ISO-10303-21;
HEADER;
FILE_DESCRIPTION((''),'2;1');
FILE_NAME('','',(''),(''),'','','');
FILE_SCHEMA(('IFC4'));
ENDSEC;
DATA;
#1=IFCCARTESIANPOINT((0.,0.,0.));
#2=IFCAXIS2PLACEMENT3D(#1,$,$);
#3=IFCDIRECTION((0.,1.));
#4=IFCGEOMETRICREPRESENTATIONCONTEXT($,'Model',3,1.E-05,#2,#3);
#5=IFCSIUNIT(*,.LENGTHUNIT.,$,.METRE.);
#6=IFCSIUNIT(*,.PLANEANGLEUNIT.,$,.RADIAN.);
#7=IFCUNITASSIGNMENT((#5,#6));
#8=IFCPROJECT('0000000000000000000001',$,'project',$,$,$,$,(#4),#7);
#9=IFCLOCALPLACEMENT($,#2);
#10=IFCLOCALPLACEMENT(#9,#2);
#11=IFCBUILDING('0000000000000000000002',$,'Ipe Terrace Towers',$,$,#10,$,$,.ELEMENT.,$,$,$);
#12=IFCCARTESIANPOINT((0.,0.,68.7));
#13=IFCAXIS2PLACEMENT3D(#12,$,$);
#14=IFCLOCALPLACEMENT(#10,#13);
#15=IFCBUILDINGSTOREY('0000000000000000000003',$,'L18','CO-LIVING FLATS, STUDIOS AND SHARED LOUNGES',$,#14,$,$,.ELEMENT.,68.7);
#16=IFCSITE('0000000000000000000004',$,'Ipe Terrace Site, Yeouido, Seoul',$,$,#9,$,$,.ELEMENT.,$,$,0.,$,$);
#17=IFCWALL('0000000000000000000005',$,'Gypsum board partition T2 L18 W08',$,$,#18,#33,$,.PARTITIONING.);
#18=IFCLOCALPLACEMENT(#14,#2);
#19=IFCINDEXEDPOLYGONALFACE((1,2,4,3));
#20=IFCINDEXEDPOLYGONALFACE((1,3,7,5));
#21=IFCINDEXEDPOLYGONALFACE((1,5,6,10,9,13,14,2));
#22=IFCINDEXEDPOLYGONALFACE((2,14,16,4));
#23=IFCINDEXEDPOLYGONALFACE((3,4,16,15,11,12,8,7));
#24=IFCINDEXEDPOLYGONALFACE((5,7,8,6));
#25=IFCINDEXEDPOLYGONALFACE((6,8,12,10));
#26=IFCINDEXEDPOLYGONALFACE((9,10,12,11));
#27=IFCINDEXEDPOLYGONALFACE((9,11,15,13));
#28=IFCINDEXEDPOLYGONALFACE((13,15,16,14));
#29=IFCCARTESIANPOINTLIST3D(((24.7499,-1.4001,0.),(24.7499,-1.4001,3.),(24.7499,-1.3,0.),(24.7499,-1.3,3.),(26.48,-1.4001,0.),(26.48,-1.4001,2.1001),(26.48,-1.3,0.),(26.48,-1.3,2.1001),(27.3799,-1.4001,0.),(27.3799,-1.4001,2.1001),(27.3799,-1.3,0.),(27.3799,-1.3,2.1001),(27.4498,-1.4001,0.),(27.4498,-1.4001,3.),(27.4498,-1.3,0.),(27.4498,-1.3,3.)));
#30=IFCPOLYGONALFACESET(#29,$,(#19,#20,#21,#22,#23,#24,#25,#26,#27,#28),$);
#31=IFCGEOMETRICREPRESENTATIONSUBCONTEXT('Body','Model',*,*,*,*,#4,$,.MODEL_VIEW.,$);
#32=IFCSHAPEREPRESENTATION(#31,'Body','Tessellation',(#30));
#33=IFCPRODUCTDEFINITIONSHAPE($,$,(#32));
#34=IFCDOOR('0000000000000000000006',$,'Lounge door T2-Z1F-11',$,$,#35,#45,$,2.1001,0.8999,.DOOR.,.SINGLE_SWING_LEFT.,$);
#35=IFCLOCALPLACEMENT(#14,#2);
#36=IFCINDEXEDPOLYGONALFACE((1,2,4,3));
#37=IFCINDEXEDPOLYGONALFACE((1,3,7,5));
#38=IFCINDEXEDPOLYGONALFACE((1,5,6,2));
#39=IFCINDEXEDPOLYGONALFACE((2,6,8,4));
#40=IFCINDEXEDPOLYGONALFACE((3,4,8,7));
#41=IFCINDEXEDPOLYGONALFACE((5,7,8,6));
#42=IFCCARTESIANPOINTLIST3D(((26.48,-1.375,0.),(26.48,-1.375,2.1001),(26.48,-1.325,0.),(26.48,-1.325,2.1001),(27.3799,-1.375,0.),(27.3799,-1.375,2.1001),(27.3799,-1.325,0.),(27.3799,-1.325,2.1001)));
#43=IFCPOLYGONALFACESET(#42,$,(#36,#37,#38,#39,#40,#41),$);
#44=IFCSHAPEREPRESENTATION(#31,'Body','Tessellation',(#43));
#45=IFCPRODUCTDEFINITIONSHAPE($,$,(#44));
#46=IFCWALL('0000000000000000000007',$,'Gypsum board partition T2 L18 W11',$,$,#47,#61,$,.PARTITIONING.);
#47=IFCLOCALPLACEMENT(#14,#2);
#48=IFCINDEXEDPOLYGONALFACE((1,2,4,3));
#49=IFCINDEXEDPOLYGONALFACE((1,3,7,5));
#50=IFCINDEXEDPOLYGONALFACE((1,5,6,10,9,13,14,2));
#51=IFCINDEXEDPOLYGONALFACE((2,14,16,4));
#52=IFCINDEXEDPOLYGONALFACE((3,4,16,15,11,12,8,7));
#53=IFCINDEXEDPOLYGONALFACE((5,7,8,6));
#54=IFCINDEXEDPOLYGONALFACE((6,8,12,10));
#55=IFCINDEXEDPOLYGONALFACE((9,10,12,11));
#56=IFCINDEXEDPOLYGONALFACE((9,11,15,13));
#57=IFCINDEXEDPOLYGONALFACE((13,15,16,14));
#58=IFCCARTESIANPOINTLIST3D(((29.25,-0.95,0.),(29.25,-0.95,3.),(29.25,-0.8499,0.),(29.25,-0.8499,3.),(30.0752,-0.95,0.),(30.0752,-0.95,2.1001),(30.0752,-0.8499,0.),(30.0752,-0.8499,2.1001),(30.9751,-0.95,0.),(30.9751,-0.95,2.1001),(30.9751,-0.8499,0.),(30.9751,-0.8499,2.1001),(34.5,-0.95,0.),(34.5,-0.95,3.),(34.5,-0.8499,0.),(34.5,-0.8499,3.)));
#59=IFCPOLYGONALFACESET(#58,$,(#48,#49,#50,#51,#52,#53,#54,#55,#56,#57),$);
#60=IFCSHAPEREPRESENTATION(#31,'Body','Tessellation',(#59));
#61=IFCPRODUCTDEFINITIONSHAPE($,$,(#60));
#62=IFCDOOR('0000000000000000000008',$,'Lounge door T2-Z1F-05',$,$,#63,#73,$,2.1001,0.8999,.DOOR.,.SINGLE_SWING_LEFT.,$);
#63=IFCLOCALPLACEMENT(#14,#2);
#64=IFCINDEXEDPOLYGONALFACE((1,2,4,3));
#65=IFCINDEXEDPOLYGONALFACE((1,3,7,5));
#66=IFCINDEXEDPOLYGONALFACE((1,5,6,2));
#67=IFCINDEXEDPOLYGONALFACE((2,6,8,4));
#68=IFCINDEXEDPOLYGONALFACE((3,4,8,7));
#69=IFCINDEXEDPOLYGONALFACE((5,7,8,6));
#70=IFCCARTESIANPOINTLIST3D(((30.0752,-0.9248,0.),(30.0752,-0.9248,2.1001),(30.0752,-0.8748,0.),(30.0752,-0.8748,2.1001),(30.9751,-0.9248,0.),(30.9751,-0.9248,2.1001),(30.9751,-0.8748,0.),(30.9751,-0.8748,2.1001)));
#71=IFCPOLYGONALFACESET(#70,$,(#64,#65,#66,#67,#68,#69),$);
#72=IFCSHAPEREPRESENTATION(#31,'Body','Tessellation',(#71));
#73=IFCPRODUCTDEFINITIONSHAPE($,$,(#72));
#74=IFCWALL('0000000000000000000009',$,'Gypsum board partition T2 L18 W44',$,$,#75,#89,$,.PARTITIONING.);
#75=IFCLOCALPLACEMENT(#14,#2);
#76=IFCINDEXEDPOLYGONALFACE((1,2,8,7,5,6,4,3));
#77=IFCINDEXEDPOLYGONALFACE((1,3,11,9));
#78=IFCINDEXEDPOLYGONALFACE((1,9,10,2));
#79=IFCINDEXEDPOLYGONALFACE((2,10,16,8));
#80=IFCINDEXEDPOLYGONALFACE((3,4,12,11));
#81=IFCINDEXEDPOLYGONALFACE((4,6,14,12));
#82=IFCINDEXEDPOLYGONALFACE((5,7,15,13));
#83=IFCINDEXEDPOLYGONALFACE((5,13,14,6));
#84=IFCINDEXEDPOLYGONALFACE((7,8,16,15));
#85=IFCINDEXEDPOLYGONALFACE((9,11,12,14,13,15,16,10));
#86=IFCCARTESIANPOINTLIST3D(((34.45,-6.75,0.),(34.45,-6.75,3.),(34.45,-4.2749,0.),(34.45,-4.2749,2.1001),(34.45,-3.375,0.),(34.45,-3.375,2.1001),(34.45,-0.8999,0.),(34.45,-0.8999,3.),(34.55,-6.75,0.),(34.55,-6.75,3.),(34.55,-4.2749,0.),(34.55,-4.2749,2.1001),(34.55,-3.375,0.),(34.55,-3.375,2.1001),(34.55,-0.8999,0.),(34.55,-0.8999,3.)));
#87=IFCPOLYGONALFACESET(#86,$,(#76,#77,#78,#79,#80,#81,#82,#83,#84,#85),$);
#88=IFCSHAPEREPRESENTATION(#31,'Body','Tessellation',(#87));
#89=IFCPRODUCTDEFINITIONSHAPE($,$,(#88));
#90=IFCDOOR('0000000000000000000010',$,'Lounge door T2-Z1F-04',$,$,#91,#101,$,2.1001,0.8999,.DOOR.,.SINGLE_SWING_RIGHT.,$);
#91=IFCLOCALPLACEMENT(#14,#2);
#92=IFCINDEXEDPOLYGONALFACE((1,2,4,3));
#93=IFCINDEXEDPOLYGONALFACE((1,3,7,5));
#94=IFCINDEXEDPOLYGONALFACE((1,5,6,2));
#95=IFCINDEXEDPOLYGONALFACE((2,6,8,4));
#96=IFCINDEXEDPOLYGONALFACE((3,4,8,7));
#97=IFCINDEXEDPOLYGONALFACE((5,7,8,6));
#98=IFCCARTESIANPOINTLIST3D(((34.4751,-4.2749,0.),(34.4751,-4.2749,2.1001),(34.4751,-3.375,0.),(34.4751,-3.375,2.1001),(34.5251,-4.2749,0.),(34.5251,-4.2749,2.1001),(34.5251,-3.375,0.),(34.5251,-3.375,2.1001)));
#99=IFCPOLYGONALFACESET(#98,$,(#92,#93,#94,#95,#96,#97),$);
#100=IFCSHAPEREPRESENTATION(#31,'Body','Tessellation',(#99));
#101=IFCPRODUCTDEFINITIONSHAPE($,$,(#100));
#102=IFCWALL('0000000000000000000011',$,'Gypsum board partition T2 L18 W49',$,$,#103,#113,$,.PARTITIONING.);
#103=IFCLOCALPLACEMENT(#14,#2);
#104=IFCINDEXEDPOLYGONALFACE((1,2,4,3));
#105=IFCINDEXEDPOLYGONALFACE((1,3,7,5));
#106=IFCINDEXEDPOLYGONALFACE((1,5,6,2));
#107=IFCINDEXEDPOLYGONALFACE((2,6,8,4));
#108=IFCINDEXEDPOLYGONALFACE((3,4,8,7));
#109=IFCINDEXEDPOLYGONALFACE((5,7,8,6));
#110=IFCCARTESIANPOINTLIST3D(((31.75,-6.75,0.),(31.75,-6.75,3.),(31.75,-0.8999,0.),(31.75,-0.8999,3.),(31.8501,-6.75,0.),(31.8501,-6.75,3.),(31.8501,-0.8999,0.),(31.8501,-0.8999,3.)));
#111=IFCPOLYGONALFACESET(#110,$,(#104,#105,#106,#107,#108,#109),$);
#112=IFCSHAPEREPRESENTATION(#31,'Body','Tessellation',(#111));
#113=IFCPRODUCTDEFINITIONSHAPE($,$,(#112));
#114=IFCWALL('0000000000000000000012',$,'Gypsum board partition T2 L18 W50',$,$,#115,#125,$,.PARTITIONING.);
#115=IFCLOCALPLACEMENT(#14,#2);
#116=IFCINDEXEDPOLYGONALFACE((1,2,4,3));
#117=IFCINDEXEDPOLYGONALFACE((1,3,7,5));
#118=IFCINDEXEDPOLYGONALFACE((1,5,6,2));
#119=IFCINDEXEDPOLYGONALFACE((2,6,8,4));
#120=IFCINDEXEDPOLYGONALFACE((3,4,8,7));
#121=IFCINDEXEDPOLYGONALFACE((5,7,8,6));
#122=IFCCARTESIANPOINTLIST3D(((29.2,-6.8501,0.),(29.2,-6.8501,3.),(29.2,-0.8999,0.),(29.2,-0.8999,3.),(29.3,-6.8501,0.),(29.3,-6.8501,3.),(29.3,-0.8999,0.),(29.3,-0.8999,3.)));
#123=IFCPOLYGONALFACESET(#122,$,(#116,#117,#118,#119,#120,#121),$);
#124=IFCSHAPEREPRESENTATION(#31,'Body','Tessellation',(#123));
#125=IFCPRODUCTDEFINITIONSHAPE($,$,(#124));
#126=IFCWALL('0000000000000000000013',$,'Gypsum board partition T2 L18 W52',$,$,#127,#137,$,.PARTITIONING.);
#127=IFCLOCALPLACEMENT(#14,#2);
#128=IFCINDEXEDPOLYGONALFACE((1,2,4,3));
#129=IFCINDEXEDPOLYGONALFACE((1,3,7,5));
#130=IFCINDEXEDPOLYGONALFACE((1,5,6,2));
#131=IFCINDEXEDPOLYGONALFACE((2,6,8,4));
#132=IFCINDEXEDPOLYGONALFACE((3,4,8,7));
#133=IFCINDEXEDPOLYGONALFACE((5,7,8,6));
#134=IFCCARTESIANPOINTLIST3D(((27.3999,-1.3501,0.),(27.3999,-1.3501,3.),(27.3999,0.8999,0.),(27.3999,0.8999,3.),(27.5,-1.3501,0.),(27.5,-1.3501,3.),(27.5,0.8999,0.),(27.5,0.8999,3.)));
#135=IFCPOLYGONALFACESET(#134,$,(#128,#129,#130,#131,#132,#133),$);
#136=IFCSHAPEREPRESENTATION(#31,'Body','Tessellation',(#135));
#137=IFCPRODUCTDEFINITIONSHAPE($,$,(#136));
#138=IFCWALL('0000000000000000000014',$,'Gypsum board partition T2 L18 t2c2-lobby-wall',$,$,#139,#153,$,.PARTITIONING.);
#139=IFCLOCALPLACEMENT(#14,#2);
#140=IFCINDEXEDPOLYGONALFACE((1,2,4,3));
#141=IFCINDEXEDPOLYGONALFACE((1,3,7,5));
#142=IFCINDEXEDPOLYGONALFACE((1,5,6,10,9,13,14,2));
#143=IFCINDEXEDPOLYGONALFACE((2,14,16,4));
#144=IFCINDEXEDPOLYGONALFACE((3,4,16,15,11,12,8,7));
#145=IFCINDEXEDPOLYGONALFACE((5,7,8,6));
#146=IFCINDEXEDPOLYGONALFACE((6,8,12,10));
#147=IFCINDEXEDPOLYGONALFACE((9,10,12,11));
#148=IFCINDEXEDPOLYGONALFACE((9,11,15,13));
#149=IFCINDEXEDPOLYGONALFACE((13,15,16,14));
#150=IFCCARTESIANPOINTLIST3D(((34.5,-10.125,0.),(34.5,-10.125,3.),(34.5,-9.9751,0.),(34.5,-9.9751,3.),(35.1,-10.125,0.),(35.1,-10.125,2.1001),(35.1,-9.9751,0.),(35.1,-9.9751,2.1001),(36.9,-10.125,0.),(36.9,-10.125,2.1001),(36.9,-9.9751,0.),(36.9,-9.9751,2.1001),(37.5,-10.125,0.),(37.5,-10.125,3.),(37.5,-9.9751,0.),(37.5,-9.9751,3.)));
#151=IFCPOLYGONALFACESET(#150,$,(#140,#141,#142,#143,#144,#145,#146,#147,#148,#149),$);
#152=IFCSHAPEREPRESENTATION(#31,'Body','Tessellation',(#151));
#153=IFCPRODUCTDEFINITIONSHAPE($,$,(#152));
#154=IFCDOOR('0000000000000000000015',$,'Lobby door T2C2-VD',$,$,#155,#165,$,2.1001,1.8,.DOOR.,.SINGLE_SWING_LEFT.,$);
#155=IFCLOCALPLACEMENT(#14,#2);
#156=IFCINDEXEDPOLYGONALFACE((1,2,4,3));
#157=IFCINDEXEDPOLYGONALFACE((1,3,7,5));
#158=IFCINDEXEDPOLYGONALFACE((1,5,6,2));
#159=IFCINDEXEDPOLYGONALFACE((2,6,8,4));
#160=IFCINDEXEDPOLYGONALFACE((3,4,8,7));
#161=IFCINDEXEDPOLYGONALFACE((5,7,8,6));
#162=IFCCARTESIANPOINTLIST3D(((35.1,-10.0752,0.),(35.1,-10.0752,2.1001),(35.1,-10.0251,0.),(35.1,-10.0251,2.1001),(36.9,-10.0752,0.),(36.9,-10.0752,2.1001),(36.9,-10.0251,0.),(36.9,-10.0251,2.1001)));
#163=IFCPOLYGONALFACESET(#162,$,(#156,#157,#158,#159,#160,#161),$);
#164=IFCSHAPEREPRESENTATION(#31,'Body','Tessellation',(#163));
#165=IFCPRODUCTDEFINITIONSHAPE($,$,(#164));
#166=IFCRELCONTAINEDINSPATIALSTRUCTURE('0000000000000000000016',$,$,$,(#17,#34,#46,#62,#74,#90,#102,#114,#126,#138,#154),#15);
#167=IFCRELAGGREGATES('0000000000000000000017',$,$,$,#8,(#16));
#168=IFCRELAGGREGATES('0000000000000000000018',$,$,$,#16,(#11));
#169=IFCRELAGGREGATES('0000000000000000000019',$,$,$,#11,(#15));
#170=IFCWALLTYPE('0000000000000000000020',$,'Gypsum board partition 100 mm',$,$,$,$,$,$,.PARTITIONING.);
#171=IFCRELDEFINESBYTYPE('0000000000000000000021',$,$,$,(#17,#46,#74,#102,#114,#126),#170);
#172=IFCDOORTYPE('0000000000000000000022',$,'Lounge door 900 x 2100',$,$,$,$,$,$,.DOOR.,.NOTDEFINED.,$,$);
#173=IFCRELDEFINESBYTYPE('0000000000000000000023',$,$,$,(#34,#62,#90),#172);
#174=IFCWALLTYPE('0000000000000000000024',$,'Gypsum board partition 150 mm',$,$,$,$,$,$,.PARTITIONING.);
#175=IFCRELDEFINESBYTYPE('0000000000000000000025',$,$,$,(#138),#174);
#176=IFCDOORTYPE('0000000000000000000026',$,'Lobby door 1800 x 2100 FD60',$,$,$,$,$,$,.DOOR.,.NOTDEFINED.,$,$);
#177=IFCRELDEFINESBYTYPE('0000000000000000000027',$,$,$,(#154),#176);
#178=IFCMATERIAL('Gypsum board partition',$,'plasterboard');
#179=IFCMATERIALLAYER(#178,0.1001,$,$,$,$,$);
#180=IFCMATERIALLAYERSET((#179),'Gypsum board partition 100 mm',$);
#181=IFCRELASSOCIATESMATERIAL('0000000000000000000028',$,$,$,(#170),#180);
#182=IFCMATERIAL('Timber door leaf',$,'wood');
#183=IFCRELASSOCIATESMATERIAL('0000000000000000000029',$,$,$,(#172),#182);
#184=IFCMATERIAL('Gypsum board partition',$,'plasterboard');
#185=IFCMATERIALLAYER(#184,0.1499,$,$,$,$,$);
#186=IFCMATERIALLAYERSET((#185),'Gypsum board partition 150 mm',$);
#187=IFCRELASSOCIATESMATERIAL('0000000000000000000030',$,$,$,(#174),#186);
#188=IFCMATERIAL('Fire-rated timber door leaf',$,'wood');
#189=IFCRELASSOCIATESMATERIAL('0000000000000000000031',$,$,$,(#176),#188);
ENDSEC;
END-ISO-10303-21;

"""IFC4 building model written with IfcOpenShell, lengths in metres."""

from ifc_helpers import new_model, si_unit, direction, frame, frame_2d, origin, place, context, subcontext, project, spatial, rectangle, extrude, material, layer, layer_set, type_object, element, fill, save


model = new_model("IFC4")

# Units and contexts
model_context = context("Model", 3, precision=1e-05, world=origin(), true_north=direction((0.0, 1.0)))
body_context = subcontext(model_context, "Body", "Model", "MODEL_VIEW")
ifc_project = project(units=[si_unit("LENGTHUNIT", "METRE"), si_unit("PLANEANGLEUNIT", "RADIAN")], contexts=[model_context])

# Site, building, storey
site_placement = place(None, origin())
site = spatial("IfcSite", under=ifc_project, at=site_placement, Name="Ipe Terrace Site, Yeouido, Seoul", CompositionType="ELEMENT", RefElevation=0.0)
building_placement = place(site_placement, origin())
building = spatial("IfcBuilding", under=site, at=building_placement, Name="Ipe Terrace Towers", CompositionType="ELEMENT")
storey_placement = place(building_placement, frame((0.0, 0.0, 68.7)))
storey = spatial("IfcBuildingStorey", under=building, at=storey_placement, Name="L18", Description="CO-LIVING FLATS, STUDIOS AND SHARED LOUNGES", CompositionType="ELEMENT", Elevation=68.7)

# Shared definitions
ifc_material_1 = material(Name="Gypsum board partition", Category="plasterboard")
ifc_layer_1 = layer(ifc_material_1, 0.1001)
ifc_layer_set_1 = layer_set([ifc_layer_1], Name="Gypsum board partition 100 mm")
wall_type_1 = type_object("IfcWallType", Name="Gypsum board partition 100 mm", PredefinedType="PARTITIONING", material=ifc_layer_set_1)
ifc_material_2 = material(Name="Timber door leaf", Category="wood")
door_type_1 = type_object("IfcDoorType", Name="Lounge door 900 x 2100", OperationType="NOTDEFINED", PredefinedType="DOOR", material=ifc_material_2)

# Walls, openings, doors
wall_1_placement = place(storey_placement, frame((27.45, -1.3501, 0.0), z_axis=(0.0, 0.0, 1.0), x_axis=(-1.0, 0.0, 0.0)))
wall_1 = element("IfcWall", 1, at=wall_1_placement, inside=storey, type_object=wall_type_1, Name="Gypsum board partition T2 L18 W08", PredefinedType="PARTITIONING", context=body_context, shape_type="SweptSolid", body=[
    extrude(rectangle(XDim=2.7, YDim=0.1001, at=frame_2d((1.3501, 0.0))), origin(), (0.0, 0.0, 1.0), 3.0),
])
opening_1_placement = place(wall_1_placement, frame((0.0701, 0.0, 0.0)))
opening_1 = element("IfcOpeningElement", 2, at=opening_1_placement, cuts=wall_1, PredefinedType="OPENING", context=body_context, shape_type="SweptSolid", body=[
    extrude(rectangle(XDim=0.8999, YDim=2.1001, at=frame_2d((0.45, 1.05))), frame((0.0, 0.0601, 0.0), z_axis=(0.0, -1.0, 0.0), x_axis=(1.0, 0.0, 0.0)), (0.0, 0.0, 1.0), 0.1201),
])
door_1_placement = place(opening_1_placement, origin())
door_1 = element("IfcDoor", 3, at=door_1_placement, inside=storey, type_object=door_type_1, Name="Lounge door T2-Z1F-11", OperationType="SINGLE_SWING_LEFT", OverallHeight=2.1001, OverallWidth=0.8999, PredefinedType="DOOR", context=body_context, shape_type="SweptSolid", body=[
    extrude(rectangle(XDim=0.8999, YDim=2.1001, at=frame_2d((0.45, 1.05))), frame((0.0, 0.0249, 0.0), z_axis=(0.0, -1.0, 0.0), x_axis=(1.0, 0.0, 0.0)), (0.0, 0.0, 1.0), 0.05),
])
fill(opening_1, door_1)
wall_2_placement = place(storey_placement, frame((34.5, -0.8999, 0.0), z_axis=(0.0, 0.0, 1.0), x_axis=(-1.0, 0.0, 0.0)))
wall_2 = element("IfcWall", 4, at=wall_2_placement, inside=storey, type_object=wall_type_1, Name="Gypsum board partition T2 L18 W11", PredefinedType="PARTITIONING", context=body_context, shape_type="SweptSolid", body=[
    extrude(rectangle(XDim=5.25, YDim=0.1001, at=frame_2d((2.625, 0.0))), origin(), (0.0, 0.0, 1.0), 3.0),
])
opening_2_placement = place(wall_2_placement, frame((3.5249, 0.0, 0.0)))
opening_2 = element("IfcOpeningElement", 5, at=opening_2_placement, cuts=wall_2, PredefinedType="OPENING", context=body_context, shape_type="SweptSolid", body=[
    extrude(rectangle(XDim=0.8999, YDim=2.1001, at=frame_2d((0.45, 1.05))), frame((0.0, 0.0601, 0.0), z_axis=(0.0, -1.0, 0.0), x_axis=(1.0, 0.0, 0.0)), (0.0, 0.0, 1.0), 0.1201),
])
door_2_placement = place(opening_2_placement, origin())
door_2 = element("IfcDoor", 6, at=door_2_placement, inside=storey, type_object=door_type_1, Name="Lounge door T2-Z1F-05", OperationType="SINGLE_SWING_LEFT", OverallHeight=2.1001, OverallWidth=0.8999, PredefinedType="DOOR", context=body_context, shape_type="SweptSolid", body=[
    extrude(rectangle(XDim=0.8999, YDim=2.1001, at=frame_2d((0.45, 1.05))), frame((0.0, 0.0249, 0.0), z_axis=(0.0, -1.0, 0.0), x_axis=(1.0, 0.0, 0.0)), (0.0, 0.0, 1.0), 0.05),
])
fill(opening_2, door_2)
wall_3_placement = place(storey_placement, frame((34.5, -6.75, 0.0), z_axis=(0.0, 0.0, 1.0), x_axis=(0.0, 1.0, 0.0)))
wall_3 = element("IfcWall", 7, at=wall_3_placement, inside=storey, type_object=wall_type_1, Name="Gypsum board partition T2 L18 W44", PredefinedType="PARTITIONING", context=body_context, shape_type="SweptSolid", body=[
    extrude(rectangle(XDim=5.8501, YDim=0.1001, at=frame_2d((2.925, 0.0))), origin(), (0.0, 0.0, 1.0), 3.0),
])
opening_3_placement = place(wall_3_placement, frame((2.4751, 0.0, 0.0)))
opening_3 = element("IfcOpeningElement", 8, at=opening_3_placement, cuts=wall_3, PredefinedType="OPENING", context=body_context, shape_type="SweptSolid", body=[
    extrude(rectangle(XDim=0.8999, YDim=2.1001, at=frame_2d((0.45, 1.05))), frame((0.0, 0.0601, 0.0), z_axis=(0.0, -1.0, 0.0), x_axis=(1.0, 0.0, 0.0)), (0.0, 0.0, 1.0), 0.1201),
])
door_3_placement = place(opening_3_placement, origin())
door_3 = element("IfcDoor", 9, at=door_3_placement, inside=storey, type_object=door_type_1, Name="Lounge door T2-Z1F-04", OperationType="SINGLE_SWING_RIGHT", OverallHeight=2.1001, OverallWidth=0.8999, PredefinedType="DOOR", context=body_context, shape_type="SweptSolid", body=[
    extrude(rectangle(XDim=0.8999, YDim=2.1001, at=frame_2d((0.45, 1.05))), frame((0.0, 0.0249, 0.0), z_axis=(0.0, -1.0, 0.0), x_axis=(1.0, 0.0, 0.0)), (0.0, 0.0, 1.0), 0.05),
])
fill(opening_3, door_3)

# Walls
wall_4_placement = place(storey_placement, frame((31.8, -6.75, 0.0), z_axis=(0.0, 0.0, 1.0), x_axis=(0.0, 1.0, 0.0)))
element("IfcWall", 10, at=wall_4_placement, inside=storey, type_object=wall_type_1, Name="Gypsum board partition T2 L18 W49", PredefinedType="PARTITIONING", context=body_context, shape_type="SweptSolid", body=[
    extrude(rectangle(XDim=5.8501, YDim=0.1001, at=frame_2d((2.925, 0.0))), origin(), (0.0, 0.0, 1.0), 3.0),
])
wall_5_placement = place(storey_placement, frame((29.25, -6.8501, 0.0), z_axis=(0.0, 0.0, 1.0), x_axis=(0.0, 1.0, 0.0)))
element("IfcWall", 11, at=wall_5_placement, inside=storey, type_object=wall_type_1, Name="Gypsum board partition T2 L18 W50", PredefinedType="PARTITIONING", context=body_context, shape_type="SweptSolid", body=[
    extrude(rectangle(XDim=5.9502, YDim=0.1001, at=frame_2d((2.9751, 0.0))), origin(), (0.0, 0.0, 1.0), 3.0),
])
wall_6_placement = place(storey_placement, frame((27.45, -1.3501, 0.0), z_axis=(0.0, 0.0, 1.0), x_axis=(0.0, 1.0, 0.0)))
element("IfcWall", 12, at=wall_6_placement, inside=storey, type_object=wall_type_1, Name="Gypsum board partition T2 L18 W52", PredefinedType="PARTITIONING", context=body_context, shape_type="SweptSolid", body=[
    extrude(rectangle(XDim=2.25, YDim=0.1001, at=frame_2d((1.125, 0.0))), origin(), (0.0, 0.0, 1.0), 3.0),
])

# Wall, opening, door
ifc_material_3 = material(Name="Gypsum board partition", Category="plasterboard")
ifc_layer_2 = layer(ifc_material_3, 0.1499)
ifc_layer_set_2 = layer_set([ifc_layer_2], Name="Gypsum board partition 150 mm")
wall_type_2 = type_object("IfcWallType", Name="Gypsum board partition 150 mm", PredefinedType="PARTITIONING", material=ifc_layer_set_2)
wall_7_placement = place(storey_placement, frame((34.5, -10.05, 0.0), z_axis=(0.0, 0.0, 1.0), x_axis=(1.0, 0.0, 0.0)))
wall_7 = element("IfcWall", 13, at=wall_7_placement, inside=storey, type_object=wall_type_2, Name="Gypsum board partition T2 L18 t2c2-lobby-wall", PredefinedType="PARTITIONING", context=body_context, shape_type="SweptSolid", body=[
    extrude(rectangle(XDim=3.0, YDim=0.1499, at=frame_2d((1.5, 0.0))), origin(), (0.0, 0.0, 1.0), 3.0),
])
opening_4_placement = place(wall_7_placement, frame((0.6001, 0.0, 0.0)))
opening_4 = element("IfcOpeningElement", 14, at=opening_4_placement, cuts=wall_7, PredefinedType="OPENING", context=body_context, shape_type="SweptSolid", body=[
    extrude(rectangle(XDim=1.8, YDim=2.1001, at=frame_2d((0.8999, 1.05))), frame((0.0, 0.085, 0.0), z_axis=(0.0, -1.0, 0.0), x_axis=(1.0, 0.0, 0.0)), (0.0, 0.0, 1.0), 0.1699),
])
ifc_material_4 = material(Name="Fire-rated timber door leaf", Category="wood")
door_type_2 = type_object("IfcDoorType", Name="Lobby door 1800 x 2100 FD60", OperationType="NOTDEFINED", PredefinedType="DOOR", material=ifc_material_4)
door_4_placement = place(opening_4_placement, origin())
door_4 = element("IfcDoor", 15, at=door_4_placement, inside=storey, type_object=door_type_2, Name="Lobby door T2C2-VD", OperationType="SINGLE_SWING_LEFT", OverallHeight=2.1001, OverallWidth=1.8, PredefinedType="DOOR", context=body_context, shape_type="SweptSolid", body=[
    extrude(rectangle(XDim=1.8, YDim=2.1001, at=frame_2d((0.8999, 1.05))), frame((0.0, 0.0249, 0.0), z_axis=(0.0, -1.0, 0.0), x_axis=(1.0, 0.0, 0.0)), (0.0, 0.0, 1.0), 0.05),
])
fill(opening_4, door_4)

save(model, "model.ifc")
